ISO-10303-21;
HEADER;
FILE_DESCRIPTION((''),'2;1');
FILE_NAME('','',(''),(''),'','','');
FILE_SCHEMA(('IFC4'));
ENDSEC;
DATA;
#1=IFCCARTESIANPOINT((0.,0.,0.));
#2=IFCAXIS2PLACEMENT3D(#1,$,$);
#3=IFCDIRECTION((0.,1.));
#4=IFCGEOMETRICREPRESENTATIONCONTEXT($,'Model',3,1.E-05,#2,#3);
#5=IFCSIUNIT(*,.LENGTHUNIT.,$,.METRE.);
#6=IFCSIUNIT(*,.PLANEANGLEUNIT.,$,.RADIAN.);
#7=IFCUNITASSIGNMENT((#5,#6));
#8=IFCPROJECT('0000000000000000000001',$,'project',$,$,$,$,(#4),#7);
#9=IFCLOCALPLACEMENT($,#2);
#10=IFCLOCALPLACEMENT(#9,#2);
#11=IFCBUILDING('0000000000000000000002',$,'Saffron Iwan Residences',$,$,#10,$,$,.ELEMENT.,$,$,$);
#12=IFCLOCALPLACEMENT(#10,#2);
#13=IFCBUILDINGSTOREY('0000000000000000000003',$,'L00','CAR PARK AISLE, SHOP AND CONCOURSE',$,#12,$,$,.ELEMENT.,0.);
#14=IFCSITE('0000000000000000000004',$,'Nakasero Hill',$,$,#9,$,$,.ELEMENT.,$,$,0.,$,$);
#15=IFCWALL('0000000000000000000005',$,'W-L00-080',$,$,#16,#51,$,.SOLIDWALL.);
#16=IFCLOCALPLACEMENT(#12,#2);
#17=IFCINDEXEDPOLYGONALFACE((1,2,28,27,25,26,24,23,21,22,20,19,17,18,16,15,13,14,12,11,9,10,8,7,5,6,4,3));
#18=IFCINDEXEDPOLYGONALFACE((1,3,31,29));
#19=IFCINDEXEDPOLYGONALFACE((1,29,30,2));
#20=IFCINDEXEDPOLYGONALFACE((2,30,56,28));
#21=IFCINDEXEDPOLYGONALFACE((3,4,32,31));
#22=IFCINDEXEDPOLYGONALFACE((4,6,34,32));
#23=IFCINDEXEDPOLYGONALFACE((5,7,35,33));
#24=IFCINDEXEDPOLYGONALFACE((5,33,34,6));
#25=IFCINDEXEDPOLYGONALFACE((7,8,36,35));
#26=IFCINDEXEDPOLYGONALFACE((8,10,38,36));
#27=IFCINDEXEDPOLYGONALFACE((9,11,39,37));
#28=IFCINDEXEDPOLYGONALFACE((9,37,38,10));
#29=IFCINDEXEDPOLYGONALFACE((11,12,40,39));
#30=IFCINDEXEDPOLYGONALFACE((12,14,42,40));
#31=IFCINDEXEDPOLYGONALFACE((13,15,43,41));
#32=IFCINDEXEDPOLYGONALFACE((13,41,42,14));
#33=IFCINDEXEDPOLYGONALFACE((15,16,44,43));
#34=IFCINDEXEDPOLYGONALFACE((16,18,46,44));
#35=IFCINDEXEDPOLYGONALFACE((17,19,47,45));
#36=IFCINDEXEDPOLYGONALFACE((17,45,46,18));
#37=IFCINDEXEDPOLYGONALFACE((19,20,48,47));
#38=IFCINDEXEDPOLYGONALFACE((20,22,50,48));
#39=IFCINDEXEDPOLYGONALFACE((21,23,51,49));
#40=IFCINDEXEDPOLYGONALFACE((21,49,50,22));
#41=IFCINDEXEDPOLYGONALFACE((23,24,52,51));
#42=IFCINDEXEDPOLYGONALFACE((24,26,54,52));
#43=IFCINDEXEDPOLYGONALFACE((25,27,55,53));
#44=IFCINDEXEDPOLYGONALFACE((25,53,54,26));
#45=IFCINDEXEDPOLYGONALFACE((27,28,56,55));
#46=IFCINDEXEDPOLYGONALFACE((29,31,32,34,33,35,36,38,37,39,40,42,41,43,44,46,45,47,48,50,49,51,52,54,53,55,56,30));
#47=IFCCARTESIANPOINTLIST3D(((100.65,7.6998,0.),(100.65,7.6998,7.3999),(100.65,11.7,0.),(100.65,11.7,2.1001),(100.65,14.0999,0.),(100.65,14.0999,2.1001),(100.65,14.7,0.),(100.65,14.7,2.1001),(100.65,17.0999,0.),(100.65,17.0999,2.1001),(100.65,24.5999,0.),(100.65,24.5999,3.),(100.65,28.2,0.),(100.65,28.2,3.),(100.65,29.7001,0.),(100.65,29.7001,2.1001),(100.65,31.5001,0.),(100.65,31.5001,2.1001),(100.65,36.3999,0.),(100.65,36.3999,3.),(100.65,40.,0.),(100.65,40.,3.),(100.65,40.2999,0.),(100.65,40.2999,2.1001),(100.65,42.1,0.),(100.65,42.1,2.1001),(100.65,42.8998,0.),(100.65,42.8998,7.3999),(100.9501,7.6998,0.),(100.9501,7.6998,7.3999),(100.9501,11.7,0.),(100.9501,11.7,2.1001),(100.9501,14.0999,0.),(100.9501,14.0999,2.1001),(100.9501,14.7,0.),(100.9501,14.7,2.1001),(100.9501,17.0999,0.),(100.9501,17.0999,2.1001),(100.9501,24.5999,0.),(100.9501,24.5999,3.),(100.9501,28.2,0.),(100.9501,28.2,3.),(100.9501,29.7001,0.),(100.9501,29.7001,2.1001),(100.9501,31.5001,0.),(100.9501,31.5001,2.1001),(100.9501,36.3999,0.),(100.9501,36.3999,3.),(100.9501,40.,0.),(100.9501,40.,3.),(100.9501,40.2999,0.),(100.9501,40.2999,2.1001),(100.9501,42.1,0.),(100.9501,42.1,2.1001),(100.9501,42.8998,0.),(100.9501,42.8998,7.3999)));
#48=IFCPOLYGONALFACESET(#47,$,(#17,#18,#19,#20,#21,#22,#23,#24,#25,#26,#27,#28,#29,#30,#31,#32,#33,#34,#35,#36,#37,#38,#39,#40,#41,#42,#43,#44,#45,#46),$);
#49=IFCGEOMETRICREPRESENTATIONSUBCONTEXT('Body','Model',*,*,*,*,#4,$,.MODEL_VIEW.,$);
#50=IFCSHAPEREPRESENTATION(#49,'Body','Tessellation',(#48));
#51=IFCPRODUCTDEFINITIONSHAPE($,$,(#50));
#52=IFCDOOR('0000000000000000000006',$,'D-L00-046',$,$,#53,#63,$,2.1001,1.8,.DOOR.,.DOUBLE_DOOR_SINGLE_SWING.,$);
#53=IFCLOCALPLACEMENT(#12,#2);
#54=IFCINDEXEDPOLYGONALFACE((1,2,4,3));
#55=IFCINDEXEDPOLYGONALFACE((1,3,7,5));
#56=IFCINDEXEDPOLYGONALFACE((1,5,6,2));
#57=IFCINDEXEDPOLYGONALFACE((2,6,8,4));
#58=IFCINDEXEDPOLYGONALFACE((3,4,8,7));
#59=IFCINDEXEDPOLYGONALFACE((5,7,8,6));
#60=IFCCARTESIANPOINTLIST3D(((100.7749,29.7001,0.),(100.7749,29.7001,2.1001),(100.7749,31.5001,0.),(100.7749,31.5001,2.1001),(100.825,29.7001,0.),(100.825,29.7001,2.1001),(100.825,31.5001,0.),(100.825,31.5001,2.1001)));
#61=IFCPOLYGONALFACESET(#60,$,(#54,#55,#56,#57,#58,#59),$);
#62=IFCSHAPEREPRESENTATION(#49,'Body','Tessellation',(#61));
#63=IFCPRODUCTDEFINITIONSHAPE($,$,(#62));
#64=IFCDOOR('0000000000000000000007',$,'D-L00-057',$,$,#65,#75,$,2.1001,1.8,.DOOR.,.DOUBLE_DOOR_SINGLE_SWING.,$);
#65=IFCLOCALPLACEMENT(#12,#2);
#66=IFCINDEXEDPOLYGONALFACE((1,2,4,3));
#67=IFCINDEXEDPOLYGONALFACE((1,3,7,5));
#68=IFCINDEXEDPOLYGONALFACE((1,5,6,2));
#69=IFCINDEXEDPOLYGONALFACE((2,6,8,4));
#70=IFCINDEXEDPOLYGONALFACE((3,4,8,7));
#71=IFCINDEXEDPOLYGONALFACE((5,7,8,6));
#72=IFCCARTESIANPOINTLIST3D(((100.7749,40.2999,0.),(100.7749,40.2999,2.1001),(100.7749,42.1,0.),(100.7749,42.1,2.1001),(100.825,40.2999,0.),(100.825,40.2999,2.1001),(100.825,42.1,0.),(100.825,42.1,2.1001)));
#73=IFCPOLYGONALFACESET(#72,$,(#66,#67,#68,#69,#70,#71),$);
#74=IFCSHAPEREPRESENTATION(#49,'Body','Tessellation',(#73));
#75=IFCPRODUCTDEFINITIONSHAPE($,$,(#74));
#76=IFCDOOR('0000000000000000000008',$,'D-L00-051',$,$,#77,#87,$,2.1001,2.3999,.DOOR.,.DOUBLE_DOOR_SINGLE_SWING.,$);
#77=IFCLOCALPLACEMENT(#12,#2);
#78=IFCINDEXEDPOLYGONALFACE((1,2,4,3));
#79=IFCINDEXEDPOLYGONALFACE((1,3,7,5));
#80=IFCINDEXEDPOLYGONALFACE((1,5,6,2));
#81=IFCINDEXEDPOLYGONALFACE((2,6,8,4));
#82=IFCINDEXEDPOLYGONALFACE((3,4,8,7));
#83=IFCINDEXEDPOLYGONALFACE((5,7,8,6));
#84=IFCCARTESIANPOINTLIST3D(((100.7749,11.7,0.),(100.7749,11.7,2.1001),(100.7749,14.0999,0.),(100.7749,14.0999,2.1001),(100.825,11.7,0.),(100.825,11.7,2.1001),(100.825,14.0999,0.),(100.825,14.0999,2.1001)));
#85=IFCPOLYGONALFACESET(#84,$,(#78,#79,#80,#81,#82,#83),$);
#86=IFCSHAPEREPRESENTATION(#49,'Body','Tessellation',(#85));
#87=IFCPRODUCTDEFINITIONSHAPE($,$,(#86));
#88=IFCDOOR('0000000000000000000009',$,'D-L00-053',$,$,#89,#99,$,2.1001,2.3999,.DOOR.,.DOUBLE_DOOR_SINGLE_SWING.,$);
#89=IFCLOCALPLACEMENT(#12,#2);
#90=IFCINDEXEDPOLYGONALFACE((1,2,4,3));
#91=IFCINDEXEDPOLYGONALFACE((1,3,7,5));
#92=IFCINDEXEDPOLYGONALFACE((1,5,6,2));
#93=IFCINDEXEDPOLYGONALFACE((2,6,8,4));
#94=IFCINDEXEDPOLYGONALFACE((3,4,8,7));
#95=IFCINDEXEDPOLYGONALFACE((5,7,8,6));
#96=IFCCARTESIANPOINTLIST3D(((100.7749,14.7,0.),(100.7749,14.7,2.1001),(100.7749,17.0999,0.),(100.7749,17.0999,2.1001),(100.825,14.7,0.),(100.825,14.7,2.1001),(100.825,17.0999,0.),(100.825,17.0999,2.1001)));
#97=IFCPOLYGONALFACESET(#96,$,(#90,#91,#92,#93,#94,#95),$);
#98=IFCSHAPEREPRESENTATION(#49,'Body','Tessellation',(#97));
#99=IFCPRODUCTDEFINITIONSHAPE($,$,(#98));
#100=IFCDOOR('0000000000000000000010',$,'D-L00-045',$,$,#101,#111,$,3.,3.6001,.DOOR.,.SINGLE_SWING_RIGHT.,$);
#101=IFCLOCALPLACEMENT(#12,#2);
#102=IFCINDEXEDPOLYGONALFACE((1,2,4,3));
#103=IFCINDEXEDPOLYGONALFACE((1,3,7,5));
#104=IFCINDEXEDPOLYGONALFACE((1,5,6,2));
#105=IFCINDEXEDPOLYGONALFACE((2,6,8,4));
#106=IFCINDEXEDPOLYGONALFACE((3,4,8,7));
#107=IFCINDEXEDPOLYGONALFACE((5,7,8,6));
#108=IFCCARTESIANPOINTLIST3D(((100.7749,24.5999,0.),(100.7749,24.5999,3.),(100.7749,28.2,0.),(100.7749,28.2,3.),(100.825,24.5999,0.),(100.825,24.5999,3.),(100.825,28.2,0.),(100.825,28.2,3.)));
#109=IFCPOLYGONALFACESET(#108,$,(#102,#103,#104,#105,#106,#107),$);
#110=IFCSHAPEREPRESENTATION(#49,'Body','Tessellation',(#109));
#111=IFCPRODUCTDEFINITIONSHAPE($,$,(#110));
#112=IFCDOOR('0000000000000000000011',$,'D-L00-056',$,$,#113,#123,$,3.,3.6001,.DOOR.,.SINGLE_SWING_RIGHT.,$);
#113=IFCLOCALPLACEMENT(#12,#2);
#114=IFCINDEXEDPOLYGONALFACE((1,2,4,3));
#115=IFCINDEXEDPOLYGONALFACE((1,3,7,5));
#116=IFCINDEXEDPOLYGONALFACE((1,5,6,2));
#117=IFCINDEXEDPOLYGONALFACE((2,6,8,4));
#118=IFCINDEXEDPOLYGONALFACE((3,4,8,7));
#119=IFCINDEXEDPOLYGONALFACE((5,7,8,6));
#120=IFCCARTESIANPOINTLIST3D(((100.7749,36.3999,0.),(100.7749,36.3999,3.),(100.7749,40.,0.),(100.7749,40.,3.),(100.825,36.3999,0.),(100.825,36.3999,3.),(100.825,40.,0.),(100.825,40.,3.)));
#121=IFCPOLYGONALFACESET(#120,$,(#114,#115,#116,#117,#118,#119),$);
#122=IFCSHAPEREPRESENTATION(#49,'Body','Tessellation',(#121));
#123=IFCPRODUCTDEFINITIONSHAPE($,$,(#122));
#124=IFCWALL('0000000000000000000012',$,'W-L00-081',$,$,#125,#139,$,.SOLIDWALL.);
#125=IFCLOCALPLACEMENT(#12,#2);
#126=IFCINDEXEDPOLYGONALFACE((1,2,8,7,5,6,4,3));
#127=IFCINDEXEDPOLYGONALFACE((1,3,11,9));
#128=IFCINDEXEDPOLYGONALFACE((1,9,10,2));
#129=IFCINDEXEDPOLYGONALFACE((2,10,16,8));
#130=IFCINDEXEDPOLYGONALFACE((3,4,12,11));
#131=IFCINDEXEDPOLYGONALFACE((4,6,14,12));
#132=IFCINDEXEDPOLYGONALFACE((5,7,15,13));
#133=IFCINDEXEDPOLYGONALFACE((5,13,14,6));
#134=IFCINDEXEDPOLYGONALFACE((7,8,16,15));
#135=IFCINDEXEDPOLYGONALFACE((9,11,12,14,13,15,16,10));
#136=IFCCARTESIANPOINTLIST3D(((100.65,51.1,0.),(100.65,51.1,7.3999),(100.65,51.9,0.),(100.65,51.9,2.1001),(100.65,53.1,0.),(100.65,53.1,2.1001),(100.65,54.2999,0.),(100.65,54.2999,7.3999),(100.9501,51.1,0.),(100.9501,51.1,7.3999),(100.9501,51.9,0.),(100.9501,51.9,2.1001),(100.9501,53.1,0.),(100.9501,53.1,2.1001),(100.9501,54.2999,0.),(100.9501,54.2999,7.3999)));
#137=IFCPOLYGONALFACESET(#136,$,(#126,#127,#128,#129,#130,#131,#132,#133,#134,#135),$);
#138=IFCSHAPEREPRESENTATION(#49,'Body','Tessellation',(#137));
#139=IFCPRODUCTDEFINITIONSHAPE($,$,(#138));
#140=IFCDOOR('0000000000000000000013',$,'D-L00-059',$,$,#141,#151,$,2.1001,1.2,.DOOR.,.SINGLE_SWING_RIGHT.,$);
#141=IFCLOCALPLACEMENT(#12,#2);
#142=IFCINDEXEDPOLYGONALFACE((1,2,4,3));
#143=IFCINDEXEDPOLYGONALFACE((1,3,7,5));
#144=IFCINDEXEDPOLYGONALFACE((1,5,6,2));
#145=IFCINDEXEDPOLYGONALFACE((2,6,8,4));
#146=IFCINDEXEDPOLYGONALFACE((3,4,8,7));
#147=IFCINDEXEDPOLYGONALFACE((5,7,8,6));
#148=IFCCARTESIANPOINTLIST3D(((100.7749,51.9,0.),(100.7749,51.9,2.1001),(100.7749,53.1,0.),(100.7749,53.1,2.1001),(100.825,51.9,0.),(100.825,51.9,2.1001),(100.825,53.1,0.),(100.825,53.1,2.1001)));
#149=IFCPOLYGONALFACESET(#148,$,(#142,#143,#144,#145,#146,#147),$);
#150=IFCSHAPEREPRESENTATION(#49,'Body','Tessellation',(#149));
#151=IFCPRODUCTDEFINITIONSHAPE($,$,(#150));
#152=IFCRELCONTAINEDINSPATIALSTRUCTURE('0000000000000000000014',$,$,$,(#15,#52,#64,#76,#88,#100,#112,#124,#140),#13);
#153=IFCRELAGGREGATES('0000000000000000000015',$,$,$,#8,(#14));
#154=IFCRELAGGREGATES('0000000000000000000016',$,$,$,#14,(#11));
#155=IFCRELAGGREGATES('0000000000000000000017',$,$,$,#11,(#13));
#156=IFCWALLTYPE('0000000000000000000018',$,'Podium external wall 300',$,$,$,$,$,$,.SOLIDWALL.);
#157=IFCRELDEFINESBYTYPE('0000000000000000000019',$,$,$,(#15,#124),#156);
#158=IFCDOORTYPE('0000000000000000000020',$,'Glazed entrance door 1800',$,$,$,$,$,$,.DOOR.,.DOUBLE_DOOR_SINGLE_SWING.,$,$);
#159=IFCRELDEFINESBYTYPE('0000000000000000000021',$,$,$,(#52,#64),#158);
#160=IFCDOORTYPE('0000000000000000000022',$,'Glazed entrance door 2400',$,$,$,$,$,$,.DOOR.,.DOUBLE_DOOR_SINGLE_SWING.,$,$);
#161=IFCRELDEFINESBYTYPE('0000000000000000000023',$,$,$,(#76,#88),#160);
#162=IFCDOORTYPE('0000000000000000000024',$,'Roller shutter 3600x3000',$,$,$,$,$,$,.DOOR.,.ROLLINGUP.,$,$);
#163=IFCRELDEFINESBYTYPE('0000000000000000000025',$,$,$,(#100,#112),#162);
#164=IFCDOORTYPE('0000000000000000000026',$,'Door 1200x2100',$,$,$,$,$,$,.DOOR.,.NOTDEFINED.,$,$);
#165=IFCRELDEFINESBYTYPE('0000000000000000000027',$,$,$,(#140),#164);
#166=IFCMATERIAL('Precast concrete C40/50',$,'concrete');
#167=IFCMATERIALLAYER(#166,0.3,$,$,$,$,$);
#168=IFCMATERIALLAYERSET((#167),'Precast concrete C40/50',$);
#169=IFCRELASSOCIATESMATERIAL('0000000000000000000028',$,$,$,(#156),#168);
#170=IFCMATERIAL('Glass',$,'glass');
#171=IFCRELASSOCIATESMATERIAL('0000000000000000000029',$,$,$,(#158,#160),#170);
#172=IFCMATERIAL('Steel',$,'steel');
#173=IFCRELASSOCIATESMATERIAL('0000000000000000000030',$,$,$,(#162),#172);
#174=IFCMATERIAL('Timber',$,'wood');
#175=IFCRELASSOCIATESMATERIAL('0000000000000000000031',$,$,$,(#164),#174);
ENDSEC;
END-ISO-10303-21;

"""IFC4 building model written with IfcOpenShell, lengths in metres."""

from ifc_helpers import new_model, si_unit, direction, frame, frame_2d, origin, place, context, subcontext, project, spatial, rectangle, extrude, material, layer, layer_set, type_object, element, fill, save


model = new_model("IFC4")

# Units and contexts
model_context = context("Model", 3, precision=1e-05, world=origin(), true_north=direction((0.0, 1.0)))
body_context = subcontext(model_context, "Body", "Model", "MODEL_VIEW")
ifc_project = project(units=[si_unit("LENGTHUNIT", "METRE"), si_unit("PLANEANGLEUNIT", "RADIAN")], contexts=[model_context])

# Site, building, storey
site_placement = place(None, origin())
site = spatial("IfcSite", under=ifc_project, at=site_placement, Name="Nakasero Hill", CompositionType="ELEMENT", RefElevation=0.0)
building_placement = place(site_placement, origin())
building = spatial("IfcBuilding", under=site, at=building_placement, Name="Saffron Iwan Residences", CompositionType="ELEMENT")
storey_placement = place(building_placement, origin())
storey = spatial("IfcBuildingStorey", under=building, at=storey_placement, Name="L00", Description="CAR PARK AISLE, SHOP AND CONCOURSE", CompositionType="ELEMENT", Elevation=0.0)

# Wall, openings, doors
ifc_material_1 = material(Name="Precast concrete C40/50", Category="concrete")
ifc_layer_1 = layer(ifc_material_1, 0.3)
ifc_layer_set_1 = layer_set([ifc_layer_1], Name="Precast concrete C40/50")
wall_type_1 = type_object("IfcWallType", Name="Podium external wall 300", PredefinedType="SOLIDWALL", material=ifc_layer_set_1)
wall_1_placement = place(storey_placement, frame((100.8, 42.8999, 0.0), z_axis=(0.0, 0.0, 1.0), x_axis=(0.0, -1.0, 0.0)))
wall_1 = element("IfcWall", 1, at=wall_1_placement, inside=storey, type_object=wall_type_1, Name="W-L00-080", PredefinedType="SOLIDWALL", context=body_context, shape_type="SweptSolid", body=[
    extrude(rectangle(XDim=35.2, YDim=0.3, at=frame_2d((17.6001, 0.0))), origin(), (0.0, 0.0, 1.0), 7.3999),
])
opening_1_placement = place(wall_1_placement, frame((14.7, 0.0, 0.0)))
opening_1 = element("IfcOpeningElement", 2, at=opening_1_placement, cuts=wall_1, PredefinedType="OPENING", context=body_context, shape_type="SweptSolid", body=[
    extrude(rectangle(XDim=3.6001, YDim=3.0, at=frame_2d((1.8, 1.5))), frame((0.0, 0.1602, 0.0), z_axis=(0.0, -1.0, 0.0), x_axis=(1.0, 0.0, 0.0)), (0.0, 0.0, 1.0), 0.3201),
])
opening_2_placement = place(wall_1_placement, frame((11.3999, 0.0, 0.0)))
opening_2 = element("IfcOpeningElement", 3, at=opening_2_placement, cuts=wall_1, PredefinedType="OPENING", context=body_context, shape_type="SweptSolid", body=[
    extrude(rectangle(XDim=1.8, YDim=2.1001, at=frame_2d((0.8999, 1.05))), frame((0.0, 0.1602, 0.0), z_axis=(0.0, -1.0, 0.0), x_axis=(1.0, 0.0, 0.0)), (0.0, 0.0, 1.0), 0.3201),
])
opening_3_placement = place(wall_1_placement, frame((28.8, 0.0, 0.0)))
opening_3 = element("IfcOpeningElement", 4, at=opening_3_placement, cuts=wall_1, PredefinedType="OPENING", context=body_context, shape_type="SweptSolid", body=[
    extrude(rectangle(XDim=2.3999, YDim=2.1001, at=frame_2d((1.2, 1.05))), frame((0.0, 0.1602, 0.0), z_axis=(0.0, -1.0, 0.0), x_axis=(1.0, 0.0, 0.0)), (0.0, 0.0, 1.0), 0.3201),
])
opening_4_placement = place(wall_1_placement, frame((25.8, 0.0, 0.0)))
opening_4 = element("IfcOpeningElement", 5, at=opening_4_placement, cuts=wall_1, PredefinedType="OPENING", context=body_context, shape_type="SweptSolid", body=[
    extrude(rectangle(XDim=2.3999, YDim=2.1001, at=frame_2d((1.2, 1.05))), frame((0.0, 0.1602, 0.0), z_axis=(0.0, -1.0, 0.0), x_axis=(1.0, 0.0, 0.0)), (0.0, 0.0, 1.0), 0.3201),
])
opening_5_placement = place(wall_1_placement, frame((2.8999, 0.0, 0.0)))
opening_5 = element("IfcOpeningElement", 6, at=opening_5_placement, cuts=wall_1, PredefinedType="OPENING", context=body_context, shape_type="SweptSolid", body=[
    extrude(rectangle(XDim=3.6001, YDim=3.0, at=frame_2d((1.8, 1.5))), frame((0.0, 0.1602, 0.0), z_axis=(0.0, -1.0, 0.0), x_axis=(1.0, 0.0, 0.0)), (0.0, 0.0, 1.0), 0.3201),
])
opening_6_placement = place(wall_1_placement, frame((0.8, 0.0, 0.0)))
opening_6 = element("IfcOpeningElement", 7, at=opening_6_placement, cuts=wall_1, PredefinedType="OPENING", context=body_context, shape_type="SweptSolid", body=[
    extrude(rectangle(XDim=1.8, YDim=2.1001, at=frame_2d((0.8999, 1.05))), frame((0.0, 0.1602, 0.0), z_axis=(0.0, -1.0, 0.0), x_axis=(1.0, 0.0, 0.0)), (0.0, 0.0, 1.0), 0.3201),
])
ifc_material_2 = material(Name="Glass", Category="glass")
door_type_1 = type_object("IfcDoorType", Name="Glazed entrance door 1800", OperationType="DOUBLE_DOOR_SINGLE_SWING", PredefinedType="DOOR", material=ifc_material_2)
door_1_placement = place(opening_2_placement, origin())
door_1 = element("IfcDoor", 8, at=door_1_placement, inside=storey, type_object=door_type_1, Name="D-L00-046", OperationType="DOUBLE_DOOR_SINGLE_SWING", OverallHeight=2.1001, OverallWidth=1.8, PredefinedType="DOOR", context=body_context, shape_type="SweptSolid", body=[
    extrude(rectangle(XDim=1.8, YDim=2.1001, at=frame_2d((0.8999, 1.05))), frame((0.0, 0.0249, 0.0), z_axis=(0.0, -1.0, 0.0), x_axis=(1.0, 0.0, 0.0)), (0.0, 0.0, 1.0), 0.05),
])
fill(opening_2, door_1)
door_2_placement = place(opening_6_placement, origin())
door_2 = element("IfcDoor", 9, at=door_2_placement, inside=storey, type_object=door_type_1, Name="D-L00-057", OperationType="DOUBLE_DOOR_SINGLE_SWING", OverallHeight=2.1001, OverallWidth=1.8, PredefinedType="DOOR", context=body_context, shape_type="SweptSolid", body=[
    extrude(rectangle(XDim=1.8, YDim=2.1001, at=frame_2d((0.8999, 1.05))), frame((0.0, 0.0249, 0.0), z_axis=(0.0, -1.0, 0.0), x_axis=(1.0, 0.0, 0.0)), (0.0, 0.0, 1.0), 0.05),
])
fill(opening_6, door_2)
door_type_2 = type_object("IfcDoorType", Name="Glazed entrance door 2400", OperationType="DOUBLE_DOOR_SINGLE_SWING", PredefinedType="DOOR", material=ifc_material_2)
door_3_placement = place(opening_3_placement, origin())
door_3 = element("IfcDoor", 10, at=door_3_placement, inside=storey, type_object=door_type_2, Name="D-L00-051", OperationType="DOUBLE_DOOR_SINGLE_SWING", OverallHeight=2.1001, OverallWidth=2.3999, PredefinedType="DOOR", context=body_context, shape_type="SweptSolid", body=[
    extrude(rectangle(XDim=2.3999, YDim=2.1001, at=frame_2d((1.2, 1.05))), frame((0.0, 0.0249, 0.0), z_axis=(0.0, -1.0, 0.0), x_axis=(1.0, 0.0, 0.0)), (0.0, 0.0, 1.0), 0.05),
])
fill(opening_3, door_3)
door_4_placement = place(opening_4_placement, origin())
door_4 = element("IfcDoor", 11, at=door_4_placement, inside=storey, type_object=door_type_2, Name="D-L00-053", OperationType="DOUBLE_DOOR_SINGLE_SWING", OverallHeight=2.1001, OverallWidth=2.3999, PredefinedType="DOOR", context=body_context, shape_type="SweptSolid", body=[
    extrude(rectangle(XDim=2.3999, YDim=2.1001, at=frame_2d((1.2, 1.05))), frame((0.0, 0.0249, 0.0), z_axis=(0.0, -1.0, 0.0), x_axis=(1.0, 0.0, 0.0)), (0.0, 0.0, 1.0), 0.05),
])
fill(opening_4, door_4)
ifc_material_3 = material(Name="Steel", Category="steel")
door_type_3 = type_object("IfcDoorType", Name="Roller shutter 3600x3000", OperationType="ROLLINGUP", PredefinedType="DOOR", material=ifc_material_3)
door_5_placement = place(opening_1_placement, origin())
door_5 = element("IfcDoor", 12, at=door_5_placement, inside=storey, type_object=door_type_3, Name="D-L00-045", OperationType="SINGLE_SWING_RIGHT", OverallHeight=3.0, OverallWidth=3.6001, PredefinedType="DOOR", context=body_context, shape_type="SweptSolid", body=[
    extrude(rectangle(XDim=3.6001, YDim=3.0, at=frame_2d((1.8, 1.5))), frame((0.0, 0.0249, 0.0), z_axis=(0.0, -1.0, 0.0), x_axis=(1.0, 0.0, 0.0)), (0.0, 0.0, 1.0), 0.05),
])
fill(opening_1, door_5)
door_6_placement = place(opening_5_placement, origin())
door_6 = element("IfcDoor", 13, at=door_6_placement, inside=storey, type_object=door_type_3, Name="D-L00-056", OperationType="SINGLE_SWING_RIGHT", OverallHeight=3.0, OverallWidth=3.6001, PredefinedType="DOOR", context=body_context, shape_type="SweptSolid", body=[
    extrude(rectangle(XDim=3.6001, YDim=3.0, at=frame_2d((1.8, 1.5))), frame((0.0, 0.0249, 0.0), z_axis=(0.0, -1.0, 0.0), x_axis=(1.0, 0.0, 0.0)), (0.0, 0.0, 1.0), 0.05),
])
fill(opening_5, door_6)

# Wall, opening, door
wall_2_placement = place(storey_placement, frame((100.8, 54.3, 0.0), z_axis=(0.0, 0.0, 1.0), x_axis=(0.0, -1.0, 0.0)))
wall_2 = element("IfcWall", 14, at=wall_2_placement, inside=storey, type_object=wall_type_1, Name="W-L00-081", PredefinedType="SOLIDWALL", context=body_context, shape_type="SweptSolid", body=[
    extrude(rectangle(XDim=3.2, YDim=0.3, at=frame_2d((1.6001, 0.0))), origin(), (0.0, 0.0, 1.0), 7.3999),
])
opening_7_placement = place(wall_2_placement, frame((1.2, 0.0, 0.0)))
opening_7 = element("IfcOpeningElement", 15, at=opening_7_placement, cuts=wall_2, PredefinedType="OPENING", context=body_context, shape_type="SweptSolid", body=[
    extrude(rectangle(XDim=1.2, YDim=2.1001, at=frame_2d((0.6001, 1.05))), frame((0.0, 0.1602, 0.0), z_axis=(0.0, -1.0, 0.0), x_axis=(1.0, 0.0, 0.0)), (0.0, 0.0, 1.0), 0.3201),
])
ifc_material_4 = material(Name="Timber", Category="wood")
door_type_4 = type_object("IfcDoorType", Name="Door 1200x2100", OperationType="NOTDEFINED", PredefinedType="DOOR", material=ifc_material_4)
door_7_placement = place(opening_7_placement, origin())
door_7 = element("IfcDoor", 16, at=door_7_placement, inside=storey, type_object=door_type_4, Name="D-L00-059", OperationType="SINGLE_SWING_RIGHT", OverallHeight=2.1001, OverallWidth=1.2, PredefinedType="DOOR", context=body_context, shape_type="SweptSolid", body=[
    extrude(rectangle(XDim=1.2, YDim=2.1001, at=frame_2d((0.6001, 1.05))), frame((0.0, 0.0249, 0.0), z_axis=(0.0, -1.0, 0.0), x_axis=(1.0, 0.0, 0.0)), (0.0, 0.0, 1.0), 0.05),
])
fill(opening_7, door_7)

save(model, "model.ifc")
